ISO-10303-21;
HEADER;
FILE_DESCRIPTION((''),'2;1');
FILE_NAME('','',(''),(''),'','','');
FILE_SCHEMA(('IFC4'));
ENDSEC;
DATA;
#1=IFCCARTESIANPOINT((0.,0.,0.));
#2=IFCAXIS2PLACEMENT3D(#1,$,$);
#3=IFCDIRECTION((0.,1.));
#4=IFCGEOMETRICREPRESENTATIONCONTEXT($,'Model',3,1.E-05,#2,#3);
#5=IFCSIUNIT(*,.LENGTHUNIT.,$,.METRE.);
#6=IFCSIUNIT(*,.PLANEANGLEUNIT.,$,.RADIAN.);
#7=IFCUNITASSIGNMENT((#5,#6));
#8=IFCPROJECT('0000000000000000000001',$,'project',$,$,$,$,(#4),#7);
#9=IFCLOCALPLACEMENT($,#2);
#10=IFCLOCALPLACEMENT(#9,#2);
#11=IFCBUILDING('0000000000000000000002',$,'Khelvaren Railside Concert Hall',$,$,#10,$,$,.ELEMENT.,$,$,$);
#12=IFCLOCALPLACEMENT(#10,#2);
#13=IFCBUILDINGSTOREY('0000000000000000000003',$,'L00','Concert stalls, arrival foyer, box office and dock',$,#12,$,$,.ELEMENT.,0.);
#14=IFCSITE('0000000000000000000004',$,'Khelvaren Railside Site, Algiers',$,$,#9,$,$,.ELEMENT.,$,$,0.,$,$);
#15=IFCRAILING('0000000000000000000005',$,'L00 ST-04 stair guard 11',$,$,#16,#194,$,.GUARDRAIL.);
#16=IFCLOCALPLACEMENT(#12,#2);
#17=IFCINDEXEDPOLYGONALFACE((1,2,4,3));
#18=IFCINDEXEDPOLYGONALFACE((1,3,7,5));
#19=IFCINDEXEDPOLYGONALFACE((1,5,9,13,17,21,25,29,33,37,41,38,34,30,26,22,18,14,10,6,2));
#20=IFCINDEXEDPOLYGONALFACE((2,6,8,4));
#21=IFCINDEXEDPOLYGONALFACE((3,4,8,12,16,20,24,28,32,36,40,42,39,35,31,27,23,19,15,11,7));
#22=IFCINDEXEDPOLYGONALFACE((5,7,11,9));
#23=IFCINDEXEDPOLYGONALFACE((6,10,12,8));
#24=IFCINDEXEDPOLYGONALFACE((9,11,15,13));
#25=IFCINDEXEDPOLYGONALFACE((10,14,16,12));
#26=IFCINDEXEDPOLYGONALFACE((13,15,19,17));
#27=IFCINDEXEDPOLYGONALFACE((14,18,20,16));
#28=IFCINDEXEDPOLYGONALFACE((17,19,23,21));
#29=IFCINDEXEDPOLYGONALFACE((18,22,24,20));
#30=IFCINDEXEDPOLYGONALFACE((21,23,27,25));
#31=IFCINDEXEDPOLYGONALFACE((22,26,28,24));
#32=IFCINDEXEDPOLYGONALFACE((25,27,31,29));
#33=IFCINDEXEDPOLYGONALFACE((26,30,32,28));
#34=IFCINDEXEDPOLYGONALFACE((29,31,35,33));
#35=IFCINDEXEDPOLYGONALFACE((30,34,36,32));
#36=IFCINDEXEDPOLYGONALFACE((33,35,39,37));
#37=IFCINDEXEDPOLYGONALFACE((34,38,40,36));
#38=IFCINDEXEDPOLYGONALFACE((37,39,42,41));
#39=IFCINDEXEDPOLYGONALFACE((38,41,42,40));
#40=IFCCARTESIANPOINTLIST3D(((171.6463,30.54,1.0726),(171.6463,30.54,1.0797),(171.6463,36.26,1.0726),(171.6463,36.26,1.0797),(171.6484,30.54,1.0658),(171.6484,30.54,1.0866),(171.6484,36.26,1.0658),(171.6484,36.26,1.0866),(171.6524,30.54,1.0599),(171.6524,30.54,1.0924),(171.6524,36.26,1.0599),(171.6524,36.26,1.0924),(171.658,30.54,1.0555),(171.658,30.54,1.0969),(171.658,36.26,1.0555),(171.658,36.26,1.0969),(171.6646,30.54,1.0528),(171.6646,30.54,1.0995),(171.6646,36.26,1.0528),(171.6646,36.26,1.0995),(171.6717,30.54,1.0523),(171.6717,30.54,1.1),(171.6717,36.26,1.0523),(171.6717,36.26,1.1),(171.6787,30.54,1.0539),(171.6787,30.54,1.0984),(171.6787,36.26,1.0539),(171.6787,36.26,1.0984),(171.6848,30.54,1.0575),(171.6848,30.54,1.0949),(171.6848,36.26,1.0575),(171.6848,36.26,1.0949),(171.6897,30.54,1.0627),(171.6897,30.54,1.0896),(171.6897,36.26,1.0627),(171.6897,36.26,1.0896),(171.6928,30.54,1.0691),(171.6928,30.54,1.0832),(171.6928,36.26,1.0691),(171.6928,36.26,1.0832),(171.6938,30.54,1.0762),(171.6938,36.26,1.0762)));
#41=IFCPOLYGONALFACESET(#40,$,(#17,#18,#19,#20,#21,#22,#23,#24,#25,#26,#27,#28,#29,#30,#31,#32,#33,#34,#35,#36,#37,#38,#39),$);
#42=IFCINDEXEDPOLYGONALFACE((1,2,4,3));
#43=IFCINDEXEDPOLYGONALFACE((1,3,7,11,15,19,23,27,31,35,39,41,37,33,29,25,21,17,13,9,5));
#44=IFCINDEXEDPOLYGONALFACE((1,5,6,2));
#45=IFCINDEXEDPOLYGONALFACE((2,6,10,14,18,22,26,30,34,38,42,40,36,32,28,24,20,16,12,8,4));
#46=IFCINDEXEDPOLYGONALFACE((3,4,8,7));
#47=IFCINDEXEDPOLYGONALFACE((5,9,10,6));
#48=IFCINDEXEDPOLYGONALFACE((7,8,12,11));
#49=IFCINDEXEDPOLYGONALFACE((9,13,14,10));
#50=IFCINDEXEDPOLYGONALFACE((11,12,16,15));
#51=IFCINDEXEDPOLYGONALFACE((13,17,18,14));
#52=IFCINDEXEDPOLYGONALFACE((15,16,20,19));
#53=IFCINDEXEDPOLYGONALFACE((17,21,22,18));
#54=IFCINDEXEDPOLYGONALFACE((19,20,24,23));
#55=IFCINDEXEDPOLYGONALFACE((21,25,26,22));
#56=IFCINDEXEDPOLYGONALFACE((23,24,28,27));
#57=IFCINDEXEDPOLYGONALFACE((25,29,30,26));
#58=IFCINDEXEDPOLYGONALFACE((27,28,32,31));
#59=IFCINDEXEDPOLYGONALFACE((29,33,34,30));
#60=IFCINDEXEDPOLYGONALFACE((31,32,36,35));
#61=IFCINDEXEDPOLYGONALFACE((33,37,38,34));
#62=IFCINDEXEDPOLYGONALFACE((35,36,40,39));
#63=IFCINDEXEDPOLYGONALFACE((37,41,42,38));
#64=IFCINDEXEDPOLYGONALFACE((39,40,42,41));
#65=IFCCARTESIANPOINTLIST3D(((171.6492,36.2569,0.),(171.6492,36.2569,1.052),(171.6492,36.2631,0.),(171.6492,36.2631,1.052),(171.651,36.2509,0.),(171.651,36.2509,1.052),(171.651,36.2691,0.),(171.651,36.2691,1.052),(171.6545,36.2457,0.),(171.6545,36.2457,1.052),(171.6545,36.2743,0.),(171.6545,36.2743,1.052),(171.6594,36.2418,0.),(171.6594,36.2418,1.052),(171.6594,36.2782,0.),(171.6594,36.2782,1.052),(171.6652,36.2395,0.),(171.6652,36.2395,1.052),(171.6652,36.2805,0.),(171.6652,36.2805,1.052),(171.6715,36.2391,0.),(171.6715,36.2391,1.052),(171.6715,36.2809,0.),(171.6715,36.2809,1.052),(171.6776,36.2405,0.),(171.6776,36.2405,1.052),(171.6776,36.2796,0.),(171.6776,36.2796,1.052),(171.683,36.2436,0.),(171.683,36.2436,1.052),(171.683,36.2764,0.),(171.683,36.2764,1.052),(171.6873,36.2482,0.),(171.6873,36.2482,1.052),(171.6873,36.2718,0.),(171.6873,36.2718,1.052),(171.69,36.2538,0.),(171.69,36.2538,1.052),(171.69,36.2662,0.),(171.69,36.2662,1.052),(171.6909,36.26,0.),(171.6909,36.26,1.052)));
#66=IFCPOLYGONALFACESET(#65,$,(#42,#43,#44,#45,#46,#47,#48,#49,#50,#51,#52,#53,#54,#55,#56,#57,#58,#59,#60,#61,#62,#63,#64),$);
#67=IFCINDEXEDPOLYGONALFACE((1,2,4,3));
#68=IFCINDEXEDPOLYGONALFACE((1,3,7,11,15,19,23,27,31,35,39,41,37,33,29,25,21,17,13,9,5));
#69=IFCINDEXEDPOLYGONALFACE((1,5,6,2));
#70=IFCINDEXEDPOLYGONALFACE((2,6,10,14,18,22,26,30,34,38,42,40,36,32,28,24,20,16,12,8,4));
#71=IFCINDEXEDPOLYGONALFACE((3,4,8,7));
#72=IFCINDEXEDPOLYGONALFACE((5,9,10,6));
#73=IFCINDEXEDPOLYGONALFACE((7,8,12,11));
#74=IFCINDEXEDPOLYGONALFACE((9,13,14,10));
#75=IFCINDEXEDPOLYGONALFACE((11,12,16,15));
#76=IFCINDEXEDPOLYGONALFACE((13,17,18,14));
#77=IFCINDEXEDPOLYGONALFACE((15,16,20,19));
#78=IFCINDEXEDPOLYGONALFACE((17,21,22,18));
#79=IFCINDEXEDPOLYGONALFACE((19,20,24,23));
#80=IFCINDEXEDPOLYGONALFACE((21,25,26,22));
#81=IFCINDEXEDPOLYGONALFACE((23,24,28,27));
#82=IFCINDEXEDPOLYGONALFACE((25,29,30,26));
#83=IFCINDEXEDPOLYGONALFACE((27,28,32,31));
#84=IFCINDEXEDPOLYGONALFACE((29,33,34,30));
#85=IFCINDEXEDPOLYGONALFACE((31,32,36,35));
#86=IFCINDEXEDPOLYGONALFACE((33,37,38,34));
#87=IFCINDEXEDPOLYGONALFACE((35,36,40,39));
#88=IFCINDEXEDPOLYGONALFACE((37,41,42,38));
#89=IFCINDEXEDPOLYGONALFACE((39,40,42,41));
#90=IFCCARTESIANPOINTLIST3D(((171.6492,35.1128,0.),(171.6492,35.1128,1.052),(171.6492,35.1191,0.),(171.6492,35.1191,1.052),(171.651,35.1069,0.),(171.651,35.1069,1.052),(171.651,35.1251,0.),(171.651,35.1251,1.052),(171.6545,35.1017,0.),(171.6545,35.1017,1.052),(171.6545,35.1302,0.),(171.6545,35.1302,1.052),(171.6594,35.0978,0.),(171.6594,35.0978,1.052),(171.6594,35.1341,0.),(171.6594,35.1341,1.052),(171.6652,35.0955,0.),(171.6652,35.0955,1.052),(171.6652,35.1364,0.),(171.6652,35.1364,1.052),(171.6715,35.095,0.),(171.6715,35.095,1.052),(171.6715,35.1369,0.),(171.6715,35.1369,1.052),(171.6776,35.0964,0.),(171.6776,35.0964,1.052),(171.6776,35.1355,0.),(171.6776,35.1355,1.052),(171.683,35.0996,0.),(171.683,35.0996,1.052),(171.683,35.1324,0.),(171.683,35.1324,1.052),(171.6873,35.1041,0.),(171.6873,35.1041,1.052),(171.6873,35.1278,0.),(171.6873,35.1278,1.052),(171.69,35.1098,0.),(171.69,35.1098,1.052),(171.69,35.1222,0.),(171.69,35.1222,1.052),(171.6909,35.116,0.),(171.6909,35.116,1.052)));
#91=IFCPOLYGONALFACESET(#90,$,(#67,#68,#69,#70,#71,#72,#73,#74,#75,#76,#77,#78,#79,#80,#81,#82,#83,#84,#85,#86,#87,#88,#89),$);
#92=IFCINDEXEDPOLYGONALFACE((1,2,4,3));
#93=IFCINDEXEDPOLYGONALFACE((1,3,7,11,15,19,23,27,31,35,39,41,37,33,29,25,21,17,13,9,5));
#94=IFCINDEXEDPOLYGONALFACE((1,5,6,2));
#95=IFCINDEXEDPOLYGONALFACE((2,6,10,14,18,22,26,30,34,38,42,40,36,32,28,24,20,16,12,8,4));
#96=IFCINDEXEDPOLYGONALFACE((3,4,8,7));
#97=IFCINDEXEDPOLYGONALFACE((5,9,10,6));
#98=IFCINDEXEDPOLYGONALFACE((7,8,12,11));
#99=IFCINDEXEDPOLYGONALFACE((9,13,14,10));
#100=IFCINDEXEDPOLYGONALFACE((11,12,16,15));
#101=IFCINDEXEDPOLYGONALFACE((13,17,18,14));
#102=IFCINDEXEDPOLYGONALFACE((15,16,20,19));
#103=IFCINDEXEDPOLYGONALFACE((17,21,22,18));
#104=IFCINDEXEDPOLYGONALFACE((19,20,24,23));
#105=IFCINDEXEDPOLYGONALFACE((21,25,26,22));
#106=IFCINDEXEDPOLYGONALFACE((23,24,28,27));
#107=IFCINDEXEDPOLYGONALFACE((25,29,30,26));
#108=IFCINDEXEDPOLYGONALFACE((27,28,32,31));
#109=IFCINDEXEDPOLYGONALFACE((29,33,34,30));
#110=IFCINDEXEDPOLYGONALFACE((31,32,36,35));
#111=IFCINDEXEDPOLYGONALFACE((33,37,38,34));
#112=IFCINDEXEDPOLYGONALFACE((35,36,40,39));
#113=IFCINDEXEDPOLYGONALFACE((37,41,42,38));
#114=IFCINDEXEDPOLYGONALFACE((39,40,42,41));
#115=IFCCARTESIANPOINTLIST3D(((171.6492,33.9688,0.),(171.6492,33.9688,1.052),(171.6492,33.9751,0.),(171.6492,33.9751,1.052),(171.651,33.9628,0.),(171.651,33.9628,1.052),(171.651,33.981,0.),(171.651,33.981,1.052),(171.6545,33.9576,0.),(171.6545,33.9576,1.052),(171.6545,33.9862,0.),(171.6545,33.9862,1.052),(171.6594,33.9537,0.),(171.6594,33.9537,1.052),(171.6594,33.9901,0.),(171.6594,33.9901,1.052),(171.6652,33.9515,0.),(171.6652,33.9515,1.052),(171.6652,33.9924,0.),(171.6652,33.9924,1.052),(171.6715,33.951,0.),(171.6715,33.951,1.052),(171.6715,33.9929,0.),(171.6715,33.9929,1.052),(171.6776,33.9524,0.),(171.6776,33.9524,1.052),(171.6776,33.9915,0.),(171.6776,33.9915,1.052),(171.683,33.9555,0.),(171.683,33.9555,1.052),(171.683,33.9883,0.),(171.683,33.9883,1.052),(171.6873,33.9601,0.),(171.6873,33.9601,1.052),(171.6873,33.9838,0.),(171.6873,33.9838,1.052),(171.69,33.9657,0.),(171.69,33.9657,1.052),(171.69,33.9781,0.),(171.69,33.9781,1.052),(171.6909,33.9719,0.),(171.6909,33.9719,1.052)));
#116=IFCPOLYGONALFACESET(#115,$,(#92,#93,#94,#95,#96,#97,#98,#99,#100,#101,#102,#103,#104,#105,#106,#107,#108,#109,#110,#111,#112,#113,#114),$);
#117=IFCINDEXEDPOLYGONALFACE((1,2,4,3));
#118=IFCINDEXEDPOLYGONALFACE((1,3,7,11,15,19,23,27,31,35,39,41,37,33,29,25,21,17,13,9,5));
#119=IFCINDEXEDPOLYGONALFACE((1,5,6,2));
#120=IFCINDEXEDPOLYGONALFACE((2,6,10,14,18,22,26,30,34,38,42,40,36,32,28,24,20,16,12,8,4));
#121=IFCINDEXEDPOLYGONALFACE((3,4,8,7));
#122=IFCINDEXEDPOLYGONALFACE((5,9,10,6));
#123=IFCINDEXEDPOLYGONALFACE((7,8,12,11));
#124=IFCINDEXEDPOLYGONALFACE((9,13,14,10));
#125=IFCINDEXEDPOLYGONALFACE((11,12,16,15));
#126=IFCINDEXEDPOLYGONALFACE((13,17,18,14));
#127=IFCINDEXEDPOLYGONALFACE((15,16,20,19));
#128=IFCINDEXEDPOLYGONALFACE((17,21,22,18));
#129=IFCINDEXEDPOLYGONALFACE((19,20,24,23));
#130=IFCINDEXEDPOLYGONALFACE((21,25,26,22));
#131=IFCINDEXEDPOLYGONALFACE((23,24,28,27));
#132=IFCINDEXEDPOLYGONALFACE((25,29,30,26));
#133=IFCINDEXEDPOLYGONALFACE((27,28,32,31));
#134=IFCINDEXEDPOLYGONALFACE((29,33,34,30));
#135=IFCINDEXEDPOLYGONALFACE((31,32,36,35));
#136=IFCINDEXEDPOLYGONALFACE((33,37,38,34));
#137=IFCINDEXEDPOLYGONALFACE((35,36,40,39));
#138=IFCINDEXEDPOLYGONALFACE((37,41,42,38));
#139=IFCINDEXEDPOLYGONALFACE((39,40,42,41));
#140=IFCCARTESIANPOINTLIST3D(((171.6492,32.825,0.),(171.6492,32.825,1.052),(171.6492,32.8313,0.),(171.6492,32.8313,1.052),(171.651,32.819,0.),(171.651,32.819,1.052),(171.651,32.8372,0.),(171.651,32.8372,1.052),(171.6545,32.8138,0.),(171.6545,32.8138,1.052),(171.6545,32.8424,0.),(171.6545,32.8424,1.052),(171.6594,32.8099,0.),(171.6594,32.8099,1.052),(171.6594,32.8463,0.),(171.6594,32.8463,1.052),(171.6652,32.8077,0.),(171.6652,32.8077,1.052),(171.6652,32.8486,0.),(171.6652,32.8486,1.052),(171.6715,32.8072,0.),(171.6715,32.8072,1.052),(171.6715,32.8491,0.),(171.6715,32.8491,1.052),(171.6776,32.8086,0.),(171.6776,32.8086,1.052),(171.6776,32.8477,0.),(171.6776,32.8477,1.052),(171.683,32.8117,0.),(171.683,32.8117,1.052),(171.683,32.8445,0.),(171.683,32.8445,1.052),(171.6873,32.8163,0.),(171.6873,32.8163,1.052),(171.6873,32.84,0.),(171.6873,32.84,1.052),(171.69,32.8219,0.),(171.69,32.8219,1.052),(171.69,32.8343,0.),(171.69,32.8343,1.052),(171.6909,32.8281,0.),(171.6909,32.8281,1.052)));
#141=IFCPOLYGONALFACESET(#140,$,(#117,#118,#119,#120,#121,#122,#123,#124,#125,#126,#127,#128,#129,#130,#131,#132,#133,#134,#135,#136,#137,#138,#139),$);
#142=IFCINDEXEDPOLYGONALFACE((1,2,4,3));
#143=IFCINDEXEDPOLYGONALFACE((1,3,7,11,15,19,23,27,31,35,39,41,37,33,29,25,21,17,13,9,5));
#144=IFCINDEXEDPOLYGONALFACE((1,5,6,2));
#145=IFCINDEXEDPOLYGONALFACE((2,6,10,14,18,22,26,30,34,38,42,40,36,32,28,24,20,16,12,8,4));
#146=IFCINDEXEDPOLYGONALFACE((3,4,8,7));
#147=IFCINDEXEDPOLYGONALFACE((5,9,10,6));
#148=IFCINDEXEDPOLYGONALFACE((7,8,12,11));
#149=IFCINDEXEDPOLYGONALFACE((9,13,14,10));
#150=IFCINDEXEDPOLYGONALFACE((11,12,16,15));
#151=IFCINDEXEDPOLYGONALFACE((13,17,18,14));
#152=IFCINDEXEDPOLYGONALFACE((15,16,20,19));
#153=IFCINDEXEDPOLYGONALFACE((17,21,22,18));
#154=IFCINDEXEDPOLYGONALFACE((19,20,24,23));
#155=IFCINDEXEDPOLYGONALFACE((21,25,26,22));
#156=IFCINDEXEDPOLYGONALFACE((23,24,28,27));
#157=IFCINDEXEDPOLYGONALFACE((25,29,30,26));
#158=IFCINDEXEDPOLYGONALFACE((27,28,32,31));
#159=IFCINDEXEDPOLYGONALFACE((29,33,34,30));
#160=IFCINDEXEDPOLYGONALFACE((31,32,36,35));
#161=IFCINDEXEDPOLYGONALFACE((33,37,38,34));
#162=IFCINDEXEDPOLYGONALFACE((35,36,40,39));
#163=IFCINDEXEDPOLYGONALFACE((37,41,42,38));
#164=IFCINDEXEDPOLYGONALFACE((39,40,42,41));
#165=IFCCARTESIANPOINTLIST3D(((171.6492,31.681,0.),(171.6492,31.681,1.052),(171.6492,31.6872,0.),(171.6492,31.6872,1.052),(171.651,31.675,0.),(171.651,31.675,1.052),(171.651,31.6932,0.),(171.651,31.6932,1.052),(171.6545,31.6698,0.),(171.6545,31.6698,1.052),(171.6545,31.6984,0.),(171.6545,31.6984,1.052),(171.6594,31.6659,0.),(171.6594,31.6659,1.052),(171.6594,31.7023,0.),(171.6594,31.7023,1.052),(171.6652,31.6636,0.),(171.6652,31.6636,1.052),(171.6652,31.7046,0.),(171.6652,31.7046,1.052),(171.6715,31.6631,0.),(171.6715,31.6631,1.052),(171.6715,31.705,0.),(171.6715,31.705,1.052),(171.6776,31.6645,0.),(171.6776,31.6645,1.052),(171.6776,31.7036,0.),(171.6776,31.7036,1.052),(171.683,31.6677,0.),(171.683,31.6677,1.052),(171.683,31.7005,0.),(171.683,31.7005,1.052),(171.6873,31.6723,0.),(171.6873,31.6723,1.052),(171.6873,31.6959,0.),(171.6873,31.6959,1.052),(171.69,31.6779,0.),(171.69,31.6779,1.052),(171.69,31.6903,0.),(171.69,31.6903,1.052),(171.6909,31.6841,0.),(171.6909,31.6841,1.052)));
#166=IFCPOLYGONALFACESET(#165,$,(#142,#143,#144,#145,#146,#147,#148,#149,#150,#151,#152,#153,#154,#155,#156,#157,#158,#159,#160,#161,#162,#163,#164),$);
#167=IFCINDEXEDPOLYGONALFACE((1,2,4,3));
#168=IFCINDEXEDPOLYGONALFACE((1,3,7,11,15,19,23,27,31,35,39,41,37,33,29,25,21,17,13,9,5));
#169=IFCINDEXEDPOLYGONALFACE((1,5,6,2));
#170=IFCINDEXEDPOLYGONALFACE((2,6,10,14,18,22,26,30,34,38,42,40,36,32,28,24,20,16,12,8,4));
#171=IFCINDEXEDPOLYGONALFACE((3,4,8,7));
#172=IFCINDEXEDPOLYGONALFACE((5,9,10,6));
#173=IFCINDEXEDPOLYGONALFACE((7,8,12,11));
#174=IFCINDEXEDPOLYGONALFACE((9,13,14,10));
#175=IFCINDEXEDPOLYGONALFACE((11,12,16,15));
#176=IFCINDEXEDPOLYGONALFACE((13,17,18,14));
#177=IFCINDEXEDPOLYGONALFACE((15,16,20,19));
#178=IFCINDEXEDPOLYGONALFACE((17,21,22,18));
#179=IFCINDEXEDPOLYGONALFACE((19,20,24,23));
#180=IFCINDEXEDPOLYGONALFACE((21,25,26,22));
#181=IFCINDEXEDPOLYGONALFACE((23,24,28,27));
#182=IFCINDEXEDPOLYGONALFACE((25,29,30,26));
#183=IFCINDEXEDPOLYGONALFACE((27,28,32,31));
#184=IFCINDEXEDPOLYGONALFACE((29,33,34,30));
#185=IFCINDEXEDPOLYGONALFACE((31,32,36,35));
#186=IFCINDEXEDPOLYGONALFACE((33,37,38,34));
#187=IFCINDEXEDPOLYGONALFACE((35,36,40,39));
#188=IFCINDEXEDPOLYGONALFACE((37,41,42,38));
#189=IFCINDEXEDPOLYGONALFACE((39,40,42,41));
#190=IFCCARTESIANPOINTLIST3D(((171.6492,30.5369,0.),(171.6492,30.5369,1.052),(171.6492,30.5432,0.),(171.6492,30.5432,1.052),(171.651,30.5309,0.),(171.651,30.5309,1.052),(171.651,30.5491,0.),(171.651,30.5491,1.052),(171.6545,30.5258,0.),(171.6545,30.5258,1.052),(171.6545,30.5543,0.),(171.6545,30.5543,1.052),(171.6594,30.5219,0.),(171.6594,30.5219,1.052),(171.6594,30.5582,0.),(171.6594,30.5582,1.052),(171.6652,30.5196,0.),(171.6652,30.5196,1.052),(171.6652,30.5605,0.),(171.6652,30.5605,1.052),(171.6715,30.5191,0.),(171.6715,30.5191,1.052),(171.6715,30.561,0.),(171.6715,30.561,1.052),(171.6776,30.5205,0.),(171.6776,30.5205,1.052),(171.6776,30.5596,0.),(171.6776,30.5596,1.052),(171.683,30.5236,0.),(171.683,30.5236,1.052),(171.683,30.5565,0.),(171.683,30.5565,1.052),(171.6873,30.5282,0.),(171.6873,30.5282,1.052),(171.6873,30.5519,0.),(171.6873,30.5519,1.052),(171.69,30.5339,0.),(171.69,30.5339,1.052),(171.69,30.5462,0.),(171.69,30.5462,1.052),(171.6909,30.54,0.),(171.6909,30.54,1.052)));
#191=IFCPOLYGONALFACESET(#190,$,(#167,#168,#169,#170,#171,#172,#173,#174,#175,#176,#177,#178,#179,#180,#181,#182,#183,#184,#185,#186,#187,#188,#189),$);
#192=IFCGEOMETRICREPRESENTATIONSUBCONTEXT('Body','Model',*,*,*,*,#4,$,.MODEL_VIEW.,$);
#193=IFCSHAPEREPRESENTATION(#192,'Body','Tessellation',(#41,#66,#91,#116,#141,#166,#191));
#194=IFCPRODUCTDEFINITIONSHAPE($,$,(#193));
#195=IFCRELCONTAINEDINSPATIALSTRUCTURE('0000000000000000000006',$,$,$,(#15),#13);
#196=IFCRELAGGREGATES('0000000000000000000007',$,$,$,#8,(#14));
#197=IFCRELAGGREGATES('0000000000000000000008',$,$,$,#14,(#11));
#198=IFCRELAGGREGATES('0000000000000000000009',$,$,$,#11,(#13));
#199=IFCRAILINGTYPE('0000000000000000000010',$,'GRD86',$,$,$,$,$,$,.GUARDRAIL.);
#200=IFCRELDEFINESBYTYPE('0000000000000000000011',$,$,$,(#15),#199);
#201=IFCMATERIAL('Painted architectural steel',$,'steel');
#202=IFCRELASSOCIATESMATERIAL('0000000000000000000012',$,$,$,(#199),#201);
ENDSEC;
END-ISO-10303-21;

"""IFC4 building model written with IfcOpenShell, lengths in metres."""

from ifc_helpers import new_model, si_unit, direction, frame, origin, origin_2d, place, context, subcontext, project, spatial, circle, extrude, material, type_object, element, save


model = new_model("IFC4")

# Units and contexts
model_context = context("Model", 3, precision=1e-05, world=origin(), true_north=direction((0.0, 1.0)))
body_context = subcontext(model_context, "Body", "Model", "MODEL_VIEW")
ifc_project = project(units=[si_unit("LENGTHUNIT", "METRE"), si_unit("PLANEANGLEUNIT", "RADIAN")], contexts=[model_context])

# Site, building, storey
site_placement = place(None, origin())
site = spatial("IfcSite", under=ifc_project, at=site_placement, Name="Khelvaren Railside Site, Algiers", CompositionType="ELEMENT", RefElevation=0.0)
building_placement = place(site_placement, origin())
building = spatial("IfcBuilding", under=site, at=building_placement, Name="Khelvaren Railside Concert Hall", CompositionType="ELEMENT")
storey_placement = place(building_placement, origin())
storey = spatial("IfcBuildingStorey", under=building, at=storey_placement, Name="L00", Description="Concert stalls, arrival foyer, box office and dock", CompositionType="ELEMENT", Elevation=0.0)

# Railing
ifc_material_1 = material(Name="Painted architectural steel", Category="steel")
railing_type_1 = type_object("IfcRailingType", Name="GRD86", PredefinedType="GUARDRAIL", material=ifc_material_1)
railing_1_placement = place(storey_placement, frame((171.6699, 36.26, 0.0)))
element("IfcRailing", 1, at=railing_1_placement, inside=storey, type_object=railing_type_1, Name="L00 ST-04 stair guard 11", PredefinedType="GUARDRAIL", context=body_context, shape_type="SweptSolid", body=[
    extrude(circle(Radius=0.0239, at=origin_2d()), frame((0.0, 0.0, 1.0762), z_axis=(0.0, -1.0, 0.0), x_axis=(1.0, 0.0, 0.0)), (0.0, 0.0, 1.0), 5.72),
    extrude(circle(Radius=0.021, at=origin_2d()), origin(), (0.0, 0.0, 1.0), 1.052),
    extrude(circle(Radius=0.021, at=origin_2d()), frame((0.0, -1.144, 0.0)), (0.0, 0.0, 1.0), 1.052),
    extrude(circle(Radius=0.021, at=origin_2d()), frame((0.0, -2.2881, 0.0)), (0.0, 0.0, 1.0), 1.052),
    extrude(circle(Radius=0.021, at=origin_2d()), frame((0.0, -3.4319, 0.0)), (0.0, 0.0, 1.0), 1.052),
    extrude(circle(Radius=0.021, at=origin_2d()), frame((0.0, -4.5759, 0.0)), (0.0, 0.0, 1.0), 1.052),
    extrude(circle(Radius=0.021, at=origin_2d()), frame((0.0, -5.72, 0.0)), (0.0, 0.0, 1.0), 1.052),
])

save(model, "model.ifc")
